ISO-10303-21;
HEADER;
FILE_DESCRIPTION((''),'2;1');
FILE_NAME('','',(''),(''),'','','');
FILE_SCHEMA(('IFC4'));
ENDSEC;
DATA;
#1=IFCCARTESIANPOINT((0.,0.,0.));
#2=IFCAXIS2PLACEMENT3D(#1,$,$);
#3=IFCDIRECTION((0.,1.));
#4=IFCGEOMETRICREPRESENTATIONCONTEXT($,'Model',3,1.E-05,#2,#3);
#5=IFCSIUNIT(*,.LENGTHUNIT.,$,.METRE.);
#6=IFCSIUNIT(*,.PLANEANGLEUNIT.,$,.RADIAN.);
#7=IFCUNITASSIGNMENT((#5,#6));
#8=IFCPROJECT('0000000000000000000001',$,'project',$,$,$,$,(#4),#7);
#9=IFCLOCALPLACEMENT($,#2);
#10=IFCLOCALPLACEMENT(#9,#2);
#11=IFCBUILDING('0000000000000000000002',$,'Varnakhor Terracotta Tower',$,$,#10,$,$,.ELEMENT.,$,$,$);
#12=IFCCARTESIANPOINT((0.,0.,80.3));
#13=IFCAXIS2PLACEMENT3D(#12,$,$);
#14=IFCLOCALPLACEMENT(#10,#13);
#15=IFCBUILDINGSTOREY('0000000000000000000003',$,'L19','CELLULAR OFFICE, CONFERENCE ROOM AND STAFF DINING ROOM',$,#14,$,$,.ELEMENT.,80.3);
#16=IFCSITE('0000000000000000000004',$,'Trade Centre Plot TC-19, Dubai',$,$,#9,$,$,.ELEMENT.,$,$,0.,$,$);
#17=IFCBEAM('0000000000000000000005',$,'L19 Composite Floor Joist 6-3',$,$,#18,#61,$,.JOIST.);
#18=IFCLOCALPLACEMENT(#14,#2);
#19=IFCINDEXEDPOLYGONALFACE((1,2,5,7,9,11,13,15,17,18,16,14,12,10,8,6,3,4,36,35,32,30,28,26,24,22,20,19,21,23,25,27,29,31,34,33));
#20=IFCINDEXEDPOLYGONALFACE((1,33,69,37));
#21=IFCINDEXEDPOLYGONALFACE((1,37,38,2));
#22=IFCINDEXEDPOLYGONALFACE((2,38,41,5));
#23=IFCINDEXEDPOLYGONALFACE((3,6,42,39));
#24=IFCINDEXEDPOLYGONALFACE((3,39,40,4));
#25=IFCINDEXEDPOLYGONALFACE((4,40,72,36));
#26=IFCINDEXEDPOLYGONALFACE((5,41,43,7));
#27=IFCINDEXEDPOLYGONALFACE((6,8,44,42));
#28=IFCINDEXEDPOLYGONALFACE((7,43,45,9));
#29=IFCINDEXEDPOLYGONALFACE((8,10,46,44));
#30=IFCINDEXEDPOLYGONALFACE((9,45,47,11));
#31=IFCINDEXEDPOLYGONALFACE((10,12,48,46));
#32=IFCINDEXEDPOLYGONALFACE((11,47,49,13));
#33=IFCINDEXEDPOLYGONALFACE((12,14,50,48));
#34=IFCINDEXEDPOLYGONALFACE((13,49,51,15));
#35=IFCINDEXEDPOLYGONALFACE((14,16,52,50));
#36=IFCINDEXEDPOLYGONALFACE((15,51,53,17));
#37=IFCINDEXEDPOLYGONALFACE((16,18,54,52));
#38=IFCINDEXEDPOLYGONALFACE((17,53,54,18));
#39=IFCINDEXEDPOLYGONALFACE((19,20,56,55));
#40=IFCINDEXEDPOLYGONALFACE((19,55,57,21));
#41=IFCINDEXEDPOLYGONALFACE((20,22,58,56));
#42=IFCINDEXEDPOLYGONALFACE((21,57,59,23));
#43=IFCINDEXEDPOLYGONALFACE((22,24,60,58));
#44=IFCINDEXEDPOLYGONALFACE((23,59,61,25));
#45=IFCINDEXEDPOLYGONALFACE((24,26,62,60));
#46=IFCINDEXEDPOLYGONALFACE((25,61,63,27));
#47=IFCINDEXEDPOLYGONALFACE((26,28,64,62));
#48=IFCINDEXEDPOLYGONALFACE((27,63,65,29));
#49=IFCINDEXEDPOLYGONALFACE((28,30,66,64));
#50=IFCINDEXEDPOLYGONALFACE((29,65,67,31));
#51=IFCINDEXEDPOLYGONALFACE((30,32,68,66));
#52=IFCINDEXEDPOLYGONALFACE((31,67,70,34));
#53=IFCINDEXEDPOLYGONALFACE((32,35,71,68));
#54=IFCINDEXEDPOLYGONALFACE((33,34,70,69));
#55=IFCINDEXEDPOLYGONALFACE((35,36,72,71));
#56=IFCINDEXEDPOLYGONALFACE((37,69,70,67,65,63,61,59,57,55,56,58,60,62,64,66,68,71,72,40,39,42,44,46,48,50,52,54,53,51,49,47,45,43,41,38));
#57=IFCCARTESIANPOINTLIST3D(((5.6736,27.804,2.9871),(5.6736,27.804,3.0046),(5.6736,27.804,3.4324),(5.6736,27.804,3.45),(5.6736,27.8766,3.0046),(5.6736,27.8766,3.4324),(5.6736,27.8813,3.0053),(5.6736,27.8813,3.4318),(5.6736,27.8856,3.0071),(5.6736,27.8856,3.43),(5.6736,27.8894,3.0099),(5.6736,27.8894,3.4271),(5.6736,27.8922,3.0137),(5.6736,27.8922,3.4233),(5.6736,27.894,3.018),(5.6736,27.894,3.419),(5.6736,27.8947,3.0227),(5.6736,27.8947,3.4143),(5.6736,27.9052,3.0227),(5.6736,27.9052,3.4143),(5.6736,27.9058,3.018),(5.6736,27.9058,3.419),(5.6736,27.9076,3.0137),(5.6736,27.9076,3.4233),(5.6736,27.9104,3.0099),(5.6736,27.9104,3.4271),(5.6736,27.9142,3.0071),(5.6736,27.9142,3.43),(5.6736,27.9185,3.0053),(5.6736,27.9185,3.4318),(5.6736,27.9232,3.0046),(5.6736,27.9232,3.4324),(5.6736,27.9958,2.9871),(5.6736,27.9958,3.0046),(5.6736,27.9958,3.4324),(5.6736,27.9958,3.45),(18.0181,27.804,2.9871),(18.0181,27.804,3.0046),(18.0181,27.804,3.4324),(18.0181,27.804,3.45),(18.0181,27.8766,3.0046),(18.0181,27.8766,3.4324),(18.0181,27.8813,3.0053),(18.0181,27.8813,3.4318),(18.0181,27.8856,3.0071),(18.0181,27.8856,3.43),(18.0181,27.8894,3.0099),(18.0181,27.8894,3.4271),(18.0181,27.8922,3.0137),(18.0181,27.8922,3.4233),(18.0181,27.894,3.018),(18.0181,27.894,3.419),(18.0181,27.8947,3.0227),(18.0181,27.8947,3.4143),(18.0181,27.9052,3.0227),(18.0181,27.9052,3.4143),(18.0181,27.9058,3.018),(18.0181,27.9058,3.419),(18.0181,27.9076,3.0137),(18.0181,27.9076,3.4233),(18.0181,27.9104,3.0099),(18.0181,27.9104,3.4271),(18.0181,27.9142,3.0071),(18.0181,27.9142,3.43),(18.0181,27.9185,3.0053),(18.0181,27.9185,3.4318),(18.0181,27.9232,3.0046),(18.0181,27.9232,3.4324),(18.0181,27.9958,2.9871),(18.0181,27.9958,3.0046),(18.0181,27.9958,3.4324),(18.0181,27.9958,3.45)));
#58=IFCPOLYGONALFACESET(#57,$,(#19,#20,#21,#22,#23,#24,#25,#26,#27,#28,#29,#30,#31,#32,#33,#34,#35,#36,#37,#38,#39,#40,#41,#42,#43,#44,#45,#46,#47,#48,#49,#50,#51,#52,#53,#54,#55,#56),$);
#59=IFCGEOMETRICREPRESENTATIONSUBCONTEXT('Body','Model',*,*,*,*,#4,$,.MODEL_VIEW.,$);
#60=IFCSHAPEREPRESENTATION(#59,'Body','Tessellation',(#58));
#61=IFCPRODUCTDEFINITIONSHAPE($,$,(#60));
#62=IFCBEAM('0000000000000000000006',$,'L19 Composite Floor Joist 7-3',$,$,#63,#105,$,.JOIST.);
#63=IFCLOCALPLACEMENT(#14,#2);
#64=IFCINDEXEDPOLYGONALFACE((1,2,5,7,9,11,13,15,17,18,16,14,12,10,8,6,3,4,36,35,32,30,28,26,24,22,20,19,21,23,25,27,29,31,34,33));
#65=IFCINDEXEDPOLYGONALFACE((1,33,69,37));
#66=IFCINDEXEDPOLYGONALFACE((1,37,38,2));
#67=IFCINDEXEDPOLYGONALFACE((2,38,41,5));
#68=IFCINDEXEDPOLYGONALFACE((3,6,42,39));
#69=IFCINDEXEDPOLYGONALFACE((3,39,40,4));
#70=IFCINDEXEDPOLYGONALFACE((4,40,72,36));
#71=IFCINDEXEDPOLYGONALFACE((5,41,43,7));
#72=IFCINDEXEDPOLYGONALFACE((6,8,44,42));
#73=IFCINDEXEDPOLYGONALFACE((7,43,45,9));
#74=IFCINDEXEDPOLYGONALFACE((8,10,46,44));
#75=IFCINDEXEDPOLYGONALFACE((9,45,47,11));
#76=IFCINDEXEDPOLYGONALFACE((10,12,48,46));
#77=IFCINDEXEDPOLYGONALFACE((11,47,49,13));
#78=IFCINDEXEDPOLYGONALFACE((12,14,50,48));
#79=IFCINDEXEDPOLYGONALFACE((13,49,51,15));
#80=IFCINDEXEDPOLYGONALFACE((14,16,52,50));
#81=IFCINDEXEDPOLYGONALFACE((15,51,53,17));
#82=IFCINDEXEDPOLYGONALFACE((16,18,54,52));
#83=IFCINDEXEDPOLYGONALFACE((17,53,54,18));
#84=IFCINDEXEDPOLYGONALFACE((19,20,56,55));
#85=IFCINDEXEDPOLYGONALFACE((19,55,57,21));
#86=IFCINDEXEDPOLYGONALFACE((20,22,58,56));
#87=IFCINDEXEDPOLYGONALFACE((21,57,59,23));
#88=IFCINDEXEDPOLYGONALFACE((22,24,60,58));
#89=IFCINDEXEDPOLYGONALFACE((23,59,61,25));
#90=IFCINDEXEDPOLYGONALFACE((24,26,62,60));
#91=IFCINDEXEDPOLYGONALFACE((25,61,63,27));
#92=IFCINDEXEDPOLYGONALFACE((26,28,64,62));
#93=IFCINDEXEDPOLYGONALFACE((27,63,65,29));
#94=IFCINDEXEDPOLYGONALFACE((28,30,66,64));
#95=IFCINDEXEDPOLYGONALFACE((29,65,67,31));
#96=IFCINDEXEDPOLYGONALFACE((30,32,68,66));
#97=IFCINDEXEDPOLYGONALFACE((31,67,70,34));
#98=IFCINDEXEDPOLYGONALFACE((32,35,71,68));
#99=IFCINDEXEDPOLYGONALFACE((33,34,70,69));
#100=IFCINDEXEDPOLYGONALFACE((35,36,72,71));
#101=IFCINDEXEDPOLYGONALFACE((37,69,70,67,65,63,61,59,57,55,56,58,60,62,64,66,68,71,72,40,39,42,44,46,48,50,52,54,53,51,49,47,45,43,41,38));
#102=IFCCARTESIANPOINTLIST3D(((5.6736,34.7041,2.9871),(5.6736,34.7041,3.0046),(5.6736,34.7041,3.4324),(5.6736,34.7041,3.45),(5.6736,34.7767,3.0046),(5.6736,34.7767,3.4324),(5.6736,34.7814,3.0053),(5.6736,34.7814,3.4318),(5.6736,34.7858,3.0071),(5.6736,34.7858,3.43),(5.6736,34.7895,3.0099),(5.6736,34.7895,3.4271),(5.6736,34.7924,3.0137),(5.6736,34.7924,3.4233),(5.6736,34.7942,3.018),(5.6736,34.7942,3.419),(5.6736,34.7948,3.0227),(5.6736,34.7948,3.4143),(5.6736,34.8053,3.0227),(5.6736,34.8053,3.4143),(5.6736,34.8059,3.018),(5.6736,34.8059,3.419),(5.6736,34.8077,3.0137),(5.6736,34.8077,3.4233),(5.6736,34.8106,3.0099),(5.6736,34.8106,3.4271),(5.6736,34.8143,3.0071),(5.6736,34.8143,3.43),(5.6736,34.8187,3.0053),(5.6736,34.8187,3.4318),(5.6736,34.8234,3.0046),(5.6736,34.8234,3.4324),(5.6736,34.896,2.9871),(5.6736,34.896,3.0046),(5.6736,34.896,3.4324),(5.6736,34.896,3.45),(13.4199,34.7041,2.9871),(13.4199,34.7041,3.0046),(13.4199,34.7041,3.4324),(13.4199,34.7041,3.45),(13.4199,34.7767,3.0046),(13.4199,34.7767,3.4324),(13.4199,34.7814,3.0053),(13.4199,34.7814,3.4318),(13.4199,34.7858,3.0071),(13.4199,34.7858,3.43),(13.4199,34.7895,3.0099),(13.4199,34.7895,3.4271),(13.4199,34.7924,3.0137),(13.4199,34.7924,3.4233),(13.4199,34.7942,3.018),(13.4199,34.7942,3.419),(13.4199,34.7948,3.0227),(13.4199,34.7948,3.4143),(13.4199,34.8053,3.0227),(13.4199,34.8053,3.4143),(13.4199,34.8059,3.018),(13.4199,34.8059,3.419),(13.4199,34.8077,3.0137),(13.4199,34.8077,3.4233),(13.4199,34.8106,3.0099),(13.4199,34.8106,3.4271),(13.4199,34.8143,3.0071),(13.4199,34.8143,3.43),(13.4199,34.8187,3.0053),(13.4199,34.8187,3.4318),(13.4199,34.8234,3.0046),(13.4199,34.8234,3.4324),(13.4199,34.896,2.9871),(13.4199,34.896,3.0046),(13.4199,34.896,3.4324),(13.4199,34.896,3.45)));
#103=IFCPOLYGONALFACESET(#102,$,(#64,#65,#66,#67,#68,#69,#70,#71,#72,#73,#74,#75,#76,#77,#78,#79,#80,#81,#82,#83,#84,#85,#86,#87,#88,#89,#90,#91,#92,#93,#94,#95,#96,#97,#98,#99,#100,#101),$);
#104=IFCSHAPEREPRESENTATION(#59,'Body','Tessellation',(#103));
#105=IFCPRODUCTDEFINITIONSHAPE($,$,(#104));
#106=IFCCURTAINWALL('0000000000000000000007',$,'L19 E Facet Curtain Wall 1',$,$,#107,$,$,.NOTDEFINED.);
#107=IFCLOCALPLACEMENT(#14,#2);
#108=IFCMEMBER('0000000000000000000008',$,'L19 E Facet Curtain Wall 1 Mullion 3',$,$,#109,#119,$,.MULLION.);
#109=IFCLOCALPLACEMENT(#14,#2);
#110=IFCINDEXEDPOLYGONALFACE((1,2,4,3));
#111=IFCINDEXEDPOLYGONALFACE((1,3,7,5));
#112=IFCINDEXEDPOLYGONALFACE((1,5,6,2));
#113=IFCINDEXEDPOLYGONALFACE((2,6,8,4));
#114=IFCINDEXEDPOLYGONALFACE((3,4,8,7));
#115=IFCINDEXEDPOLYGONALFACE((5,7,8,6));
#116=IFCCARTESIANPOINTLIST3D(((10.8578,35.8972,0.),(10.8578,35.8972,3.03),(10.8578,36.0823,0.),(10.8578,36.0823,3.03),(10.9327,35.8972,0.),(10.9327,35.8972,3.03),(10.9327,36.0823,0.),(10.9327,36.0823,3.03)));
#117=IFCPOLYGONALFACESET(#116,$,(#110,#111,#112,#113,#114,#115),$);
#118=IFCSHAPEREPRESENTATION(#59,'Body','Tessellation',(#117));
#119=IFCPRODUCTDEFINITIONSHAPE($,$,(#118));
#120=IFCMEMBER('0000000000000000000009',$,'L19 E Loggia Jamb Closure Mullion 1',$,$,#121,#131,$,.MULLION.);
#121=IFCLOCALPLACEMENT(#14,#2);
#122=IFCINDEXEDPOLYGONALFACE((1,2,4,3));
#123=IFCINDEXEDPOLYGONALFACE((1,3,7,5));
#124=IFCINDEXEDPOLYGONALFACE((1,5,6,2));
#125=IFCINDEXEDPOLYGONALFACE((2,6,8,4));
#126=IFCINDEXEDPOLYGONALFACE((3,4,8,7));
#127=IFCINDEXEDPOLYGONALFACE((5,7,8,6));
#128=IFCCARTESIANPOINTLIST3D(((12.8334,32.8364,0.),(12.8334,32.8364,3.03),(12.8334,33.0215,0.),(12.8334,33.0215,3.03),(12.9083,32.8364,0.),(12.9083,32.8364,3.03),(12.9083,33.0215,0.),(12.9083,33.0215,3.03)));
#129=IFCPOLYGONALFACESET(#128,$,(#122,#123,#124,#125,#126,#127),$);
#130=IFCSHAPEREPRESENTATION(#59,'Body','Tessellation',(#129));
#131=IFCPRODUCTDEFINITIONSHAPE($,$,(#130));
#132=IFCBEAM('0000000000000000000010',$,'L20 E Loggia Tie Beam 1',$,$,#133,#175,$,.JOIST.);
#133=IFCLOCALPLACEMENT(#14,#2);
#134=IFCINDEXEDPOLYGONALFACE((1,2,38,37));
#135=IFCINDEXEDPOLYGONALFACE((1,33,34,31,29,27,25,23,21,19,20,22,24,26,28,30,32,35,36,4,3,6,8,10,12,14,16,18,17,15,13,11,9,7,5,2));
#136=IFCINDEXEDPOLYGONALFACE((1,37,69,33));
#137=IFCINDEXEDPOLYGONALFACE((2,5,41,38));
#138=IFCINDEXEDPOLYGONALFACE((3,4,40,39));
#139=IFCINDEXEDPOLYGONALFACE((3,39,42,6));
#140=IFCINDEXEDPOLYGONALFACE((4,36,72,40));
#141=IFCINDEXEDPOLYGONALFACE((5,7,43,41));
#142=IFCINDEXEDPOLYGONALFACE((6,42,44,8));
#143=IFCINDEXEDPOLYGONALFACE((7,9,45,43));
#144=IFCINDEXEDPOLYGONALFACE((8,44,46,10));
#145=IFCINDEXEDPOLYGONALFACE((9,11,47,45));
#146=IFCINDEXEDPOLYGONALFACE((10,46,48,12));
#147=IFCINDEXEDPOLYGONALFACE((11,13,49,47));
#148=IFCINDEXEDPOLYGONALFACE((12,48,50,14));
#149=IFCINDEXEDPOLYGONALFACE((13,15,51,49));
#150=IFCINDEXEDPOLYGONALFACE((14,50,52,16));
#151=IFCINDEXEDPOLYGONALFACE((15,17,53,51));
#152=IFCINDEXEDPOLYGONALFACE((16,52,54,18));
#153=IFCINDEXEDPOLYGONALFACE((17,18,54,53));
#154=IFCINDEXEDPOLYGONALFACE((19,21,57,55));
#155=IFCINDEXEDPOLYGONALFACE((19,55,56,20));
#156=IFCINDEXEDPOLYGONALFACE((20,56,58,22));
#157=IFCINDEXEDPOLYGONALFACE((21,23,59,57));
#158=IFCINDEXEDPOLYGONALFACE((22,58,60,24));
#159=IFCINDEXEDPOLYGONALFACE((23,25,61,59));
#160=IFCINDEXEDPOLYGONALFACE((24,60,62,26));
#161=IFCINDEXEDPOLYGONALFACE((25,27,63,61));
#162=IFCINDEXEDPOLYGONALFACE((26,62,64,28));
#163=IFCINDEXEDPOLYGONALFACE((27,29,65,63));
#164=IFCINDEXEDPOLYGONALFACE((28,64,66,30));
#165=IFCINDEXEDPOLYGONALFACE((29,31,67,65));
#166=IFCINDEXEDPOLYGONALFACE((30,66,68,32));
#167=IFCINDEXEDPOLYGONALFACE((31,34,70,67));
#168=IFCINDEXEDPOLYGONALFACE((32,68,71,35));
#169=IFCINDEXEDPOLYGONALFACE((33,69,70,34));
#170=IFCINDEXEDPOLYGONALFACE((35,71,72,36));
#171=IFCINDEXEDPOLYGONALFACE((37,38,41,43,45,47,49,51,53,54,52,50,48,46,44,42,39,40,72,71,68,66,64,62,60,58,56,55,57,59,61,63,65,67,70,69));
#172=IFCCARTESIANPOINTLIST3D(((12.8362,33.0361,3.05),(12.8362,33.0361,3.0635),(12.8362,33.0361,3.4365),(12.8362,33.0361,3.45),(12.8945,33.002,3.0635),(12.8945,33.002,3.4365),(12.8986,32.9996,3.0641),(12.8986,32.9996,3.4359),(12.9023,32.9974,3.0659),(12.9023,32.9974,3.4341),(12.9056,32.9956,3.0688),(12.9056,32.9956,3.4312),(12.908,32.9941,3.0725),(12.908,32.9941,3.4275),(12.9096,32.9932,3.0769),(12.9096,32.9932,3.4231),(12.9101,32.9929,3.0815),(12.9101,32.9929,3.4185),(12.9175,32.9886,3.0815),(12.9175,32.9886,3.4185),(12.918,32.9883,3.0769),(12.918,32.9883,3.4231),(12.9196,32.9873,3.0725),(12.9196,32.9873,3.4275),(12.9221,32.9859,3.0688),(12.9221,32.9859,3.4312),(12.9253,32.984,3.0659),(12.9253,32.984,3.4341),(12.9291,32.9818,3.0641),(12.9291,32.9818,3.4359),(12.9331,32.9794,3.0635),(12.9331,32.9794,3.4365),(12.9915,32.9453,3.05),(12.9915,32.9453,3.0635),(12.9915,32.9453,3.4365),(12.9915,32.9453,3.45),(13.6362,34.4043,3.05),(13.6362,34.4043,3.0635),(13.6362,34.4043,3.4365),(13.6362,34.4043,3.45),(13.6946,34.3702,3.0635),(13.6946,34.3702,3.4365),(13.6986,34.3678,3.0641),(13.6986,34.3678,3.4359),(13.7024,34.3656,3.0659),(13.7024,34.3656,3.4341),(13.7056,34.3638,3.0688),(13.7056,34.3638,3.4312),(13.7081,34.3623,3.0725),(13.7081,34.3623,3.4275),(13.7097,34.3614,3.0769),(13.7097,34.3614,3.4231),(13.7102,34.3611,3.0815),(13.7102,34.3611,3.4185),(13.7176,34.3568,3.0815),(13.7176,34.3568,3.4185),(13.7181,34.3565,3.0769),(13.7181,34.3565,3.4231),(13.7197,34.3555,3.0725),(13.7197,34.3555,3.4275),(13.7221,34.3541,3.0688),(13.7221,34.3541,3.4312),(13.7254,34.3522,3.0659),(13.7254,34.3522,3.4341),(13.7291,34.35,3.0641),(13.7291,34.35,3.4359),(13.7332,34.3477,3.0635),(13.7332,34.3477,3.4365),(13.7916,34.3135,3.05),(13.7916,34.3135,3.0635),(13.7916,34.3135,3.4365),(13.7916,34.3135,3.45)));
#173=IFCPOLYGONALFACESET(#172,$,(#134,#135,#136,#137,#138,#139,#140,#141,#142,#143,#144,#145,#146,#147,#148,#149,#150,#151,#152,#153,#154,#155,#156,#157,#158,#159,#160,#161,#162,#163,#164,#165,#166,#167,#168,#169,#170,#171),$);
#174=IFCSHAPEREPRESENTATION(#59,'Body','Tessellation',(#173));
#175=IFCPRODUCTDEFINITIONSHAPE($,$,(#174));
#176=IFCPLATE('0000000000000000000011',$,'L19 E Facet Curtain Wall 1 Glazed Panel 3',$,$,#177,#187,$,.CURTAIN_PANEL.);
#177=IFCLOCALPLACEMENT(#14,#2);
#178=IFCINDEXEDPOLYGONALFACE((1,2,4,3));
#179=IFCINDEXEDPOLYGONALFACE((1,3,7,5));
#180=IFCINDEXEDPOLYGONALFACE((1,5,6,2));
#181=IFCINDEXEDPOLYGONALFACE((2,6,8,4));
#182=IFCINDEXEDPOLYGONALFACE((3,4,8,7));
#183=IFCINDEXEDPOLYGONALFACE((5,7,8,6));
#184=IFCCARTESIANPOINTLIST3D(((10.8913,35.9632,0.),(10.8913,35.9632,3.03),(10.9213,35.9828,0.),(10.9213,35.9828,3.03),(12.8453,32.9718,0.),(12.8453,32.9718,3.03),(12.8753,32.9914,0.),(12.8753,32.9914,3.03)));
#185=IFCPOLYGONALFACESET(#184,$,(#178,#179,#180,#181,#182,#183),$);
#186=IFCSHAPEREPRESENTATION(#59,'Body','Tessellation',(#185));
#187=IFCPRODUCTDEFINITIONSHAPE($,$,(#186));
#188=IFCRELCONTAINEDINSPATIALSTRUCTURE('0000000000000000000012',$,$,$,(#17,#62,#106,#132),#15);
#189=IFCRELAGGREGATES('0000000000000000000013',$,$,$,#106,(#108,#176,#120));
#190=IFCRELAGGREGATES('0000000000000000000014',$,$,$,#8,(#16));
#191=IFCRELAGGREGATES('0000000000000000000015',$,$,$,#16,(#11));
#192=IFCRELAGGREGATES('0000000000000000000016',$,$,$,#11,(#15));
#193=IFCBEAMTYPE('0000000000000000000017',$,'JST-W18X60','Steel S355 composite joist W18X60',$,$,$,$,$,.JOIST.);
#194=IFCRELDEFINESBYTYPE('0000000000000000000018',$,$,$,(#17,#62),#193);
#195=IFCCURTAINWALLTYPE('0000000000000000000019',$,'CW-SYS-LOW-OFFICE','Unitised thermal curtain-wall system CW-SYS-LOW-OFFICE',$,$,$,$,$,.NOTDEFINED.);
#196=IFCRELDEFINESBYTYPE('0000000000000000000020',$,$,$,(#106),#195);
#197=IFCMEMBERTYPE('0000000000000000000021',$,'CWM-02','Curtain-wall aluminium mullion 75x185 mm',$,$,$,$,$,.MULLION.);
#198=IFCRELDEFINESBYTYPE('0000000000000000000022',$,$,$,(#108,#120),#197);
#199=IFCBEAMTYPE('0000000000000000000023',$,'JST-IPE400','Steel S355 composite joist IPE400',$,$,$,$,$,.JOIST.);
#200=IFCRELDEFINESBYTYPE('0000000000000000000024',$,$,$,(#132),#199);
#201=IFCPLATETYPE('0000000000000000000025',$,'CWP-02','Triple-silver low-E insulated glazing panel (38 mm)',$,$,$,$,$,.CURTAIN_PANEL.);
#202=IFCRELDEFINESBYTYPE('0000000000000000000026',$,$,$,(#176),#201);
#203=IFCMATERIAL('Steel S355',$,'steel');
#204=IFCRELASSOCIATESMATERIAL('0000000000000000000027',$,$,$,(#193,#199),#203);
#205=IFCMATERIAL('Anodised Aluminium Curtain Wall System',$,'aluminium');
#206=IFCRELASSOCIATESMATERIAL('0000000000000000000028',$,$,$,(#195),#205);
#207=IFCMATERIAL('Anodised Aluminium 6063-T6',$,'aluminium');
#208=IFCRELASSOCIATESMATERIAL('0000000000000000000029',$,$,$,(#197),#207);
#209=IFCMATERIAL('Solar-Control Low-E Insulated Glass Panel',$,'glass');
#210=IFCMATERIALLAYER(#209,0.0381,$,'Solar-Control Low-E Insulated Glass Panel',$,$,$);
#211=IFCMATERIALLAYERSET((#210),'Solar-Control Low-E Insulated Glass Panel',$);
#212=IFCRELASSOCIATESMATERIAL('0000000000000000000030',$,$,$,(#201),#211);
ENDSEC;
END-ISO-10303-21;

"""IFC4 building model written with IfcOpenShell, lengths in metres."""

from ifc_helpers import new_model, si_unit, direction, frame, origin, origin_2d, place, context, subcontext, project, spatial, rectangle, i_section, extrude, source, transform, mapped, material, layer, layer_set, material_profile, profile_set, type_object, type_shapes, element, aggregate, save


model = new_model("IFC4")

# Units and contexts
model_context = context("Model", 3, precision=1e-05, world=origin(), true_north=direction((0.0, 1.0)))
body_context = subcontext(model_context, "Body", "Model", "MODEL_VIEW")
ifc_project = project(units=[si_unit("LENGTHUNIT", "METRE"), si_unit("PLANEANGLEUNIT", "RADIAN")], contexts=[model_context])

# Site, building, storey
site_placement = place(None, origin())
site = spatial("IfcSite", under=ifc_project, at=site_placement, Name="Trade Centre Plot TC-19, Dubai", CompositionType="ELEMENT", RefElevation=0.0)
building_placement = place(site_placement, origin())
building = spatial("IfcBuilding", under=site, at=building_placement, Name="Varnakhor Terracotta Tower", CompositionType="ELEMENT")
storey_placement = place(building_placement, frame((0.0, 0.0, 80.3)))
storey = spatial("IfcBuildingStorey", under=building, at=storey_placement, Name="L19", Description="CELLULAR OFFICE, CONFERENCE ROOM AND STAFF DINING ROOM", CompositionType="ELEMENT", Elevation=80.3)

# Beams
ifc_material_1 = material(Name="Steel S355", Category="steel")
ifc_material_profile_1 = material_profile(ifc_material_1, i_section(OverallWidth=0.1919, OverallDepth=0.4629, WebThickness=0.0105, FlangeThickness=0.0176, FilletRadius=0.0181, at=origin_2d()), Name="W18X60")
ifc_profile_set_1 = profile_set([ifc_material_profile_1], Name="Steel S355")
beam_type_1 = type_object("IfcBeamType", Name="JST-W18X60", Description="Steel S355 composite joist W18X60", PredefinedType="JOIST", material=ifc_profile_set_1)
shared_shape_1 = source(origin(), body_context, "Body", "SweptSolid", [
    extrude(i_section(OverallWidth=0.1919, OverallDepth=0.4629, WebThickness=0.0105, FlangeThickness=0.0176, FilletRadius=0.0181, at=origin_2d()), origin(), (0.0, 0.0, 1.0), 12.3445),
])
beam_1_placement = place(storey_placement, frame((5.6736, 27.8999, 3.2185), z_axis=(1.0, 0.0, 0.0), x_axis=(0.0, 1.0, 0.0)))
element("IfcBeam", 1, at=beam_1_placement, inside=storey, type_object=beam_type_1, Name="L19 Composite Floor Joist 6-3", PredefinedType="JOIST", context=body_context, shape_type="MappedRepresentation", body=[
    mapped(shared_shape_1, transform((0.0, 0.0, 0.0), scale=1.0)),
])
shared_shape_2 = source(origin(), body_context, "Body", "SweptSolid", [
    extrude(i_section(OverallWidth=0.1919, OverallDepth=0.4629, WebThickness=0.0105, FlangeThickness=0.0176, FilletRadius=0.0181, at=origin_2d()), origin(), (0.0, 0.0, 1.0), 7.7463),
])
beam_2_placement = place(storey_placement, frame((5.6736, 34.8, 3.2185), z_axis=(1.0, 0.0, 0.0), x_axis=(0.0, 1.0, 0.0)))
element("IfcBeam", 2, at=beam_2_placement, inside=storey, type_object=beam_type_1, Name="L19 Composite Floor Joist 7-3", PredefinedType="JOIST", context=body_context, shape_type="MappedRepresentation", body=[
    mapped(shared_shape_2, transform((0.0, 0.0, 0.0), scale=1.0)),
])

# Curtain wall, members
ifc_material_2 = material(Name="Anodised Aluminium Curtain Wall System", Category="aluminium")
curtain_wall_type = type_object("IfcCurtainWallType", Name="CW-SYS-LOW-OFFICE", Description="Unitised thermal curtain-wall system CW-SYS-LOW-OFFICE", PredefinedType="NOTDEFINED", material=ifc_material_2)
curtain_wall_placement = place(storey_placement, origin())
curtain_wall = element("IfcCurtainWall", 3, at=curtain_wall_placement, inside=storey, type_object=curtain_wall_type, Name="L19 E Facet Curtain Wall 1", PredefinedType="NOTDEFINED")
ifc_material_3 = material(Name="Anodised Aluminium 6063-T6", Category="aluminium")
ifc_material_profile_2 = material_profile(ifc_material_3, rectangle(XDim=0.075, YDim=0.1851, at=origin_2d()), Name="ALU MULLION 75x185")
ifc_profile_set_2 = profile_set([ifc_material_profile_2], Name="Anodised Aluminium 6063-T6")
member_type = type_object("IfcMemberType", Name="CWM-02", Description="Curtain-wall aluminium mullion 75x185 mm", PredefinedType="MULLION", material=ifc_profile_set_2)
shared_shape_3 = source(origin(), body_context, "Body", "SweptSolid", [
    extrude(rectangle(XDim=0.075, YDim=0.1851, at=origin_2d()), origin(), (0.0, 0.0, 1.0), 3.03),
])
type_shapes(member_type, [shared_shape_3])
member_1_placement = place(storey_placement, frame((10.8953, 35.9897, 0.0), z_axis=(0.0, 0.0, 1.0), x_axis=(1.0, 0.0, 0.0)))
member_1 = element("IfcMember", 4, at=member_1_placement, type_object=member_type, Name="L19 E Facet Curtain Wall 1 Mullion 3", PredefinedType="MULLION", context=body_context, shape_type="MappedRepresentation", body=[
    mapped(shared_shape_3, transform((0.0, 0.0, 0.0), scale=1.0)),
])
member_2_placement = place(storey_placement, frame((12.8708, 32.929, 0.0), z_axis=(0.0, 0.0, 1.0), x_axis=(1.0, 0.0, 0.0)))
member_2 = element("IfcMember", 5, at=member_2_placement, type_object=member_type, Name="L19 E Loggia Jamb Closure Mullion 1", PredefinedType="MULLION", context=body_context, shape_type="MappedRepresentation", body=[
    mapped(shared_shape_3, transform((0.0, 0.0, 0.0), scale=1.0)),
])

# Beam
ifc_material_profile_3 = material_profile(ifc_material_1, i_section(OverallWidth=0.1799, OverallDepth=0.3999, WebThickness=0.0085, FlangeThickness=0.0134, FilletRadius=0.0181, at=origin_2d()), Name="IPE400")
ifc_profile_set_3 = profile_set([ifc_material_profile_3], Name="Steel S355")
beam_type_2 = type_object("IfcBeamType", Name="JST-IPE400", Description="Steel S355 composite joist IPE400", PredefinedType="JOIST", material=ifc_profile_set_3)
shared_shape_4 = source(origin(), body_context, "Body", "SweptSolid", [
    extrude(i_section(OverallWidth=0.1799, OverallDepth=0.3999, WebThickness=0.0085, FlangeThickness=0.0134, FilletRadius=0.0181, at=origin_2d()), origin(), (0.0, 0.0, 1.0), 1.585),
])
beam_3_placement = place(storey_placement, frame((12.9138, 32.9907, 3.25), z_axis=(0.50479, 0.863242, 0.0), x_axis=(-0.863242, 0.50479, 0.0)))
element("IfcBeam", 6, at=beam_3_placement, inside=storey, type_object=beam_type_2, Name="L20 E Loggia Tie Beam 1", PredefinedType="JOIST", context=body_context, shape_type="MappedRepresentation", body=[
    mapped(shared_shape_4, transform((0.0, 0.0, 0.0), scale=1.0)),
])

# Plate
ifc_material_4 = material(Name="Solar-Control Low-E Insulated Glass Panel", Category="glass")
ifc_layer_1 = layer(ifc_material_4, 0.0381, Name="Solar-Control Low-E Insulated Glass Panel")
ifc_layer_set_1 = layer_set([ifc_layer_1], Name="Solar-Control Low-E Insulated Glass Panel")
plate_type = type_object("IfcPlateType", Name="CWP-02", Description="Triple-silver low-E insulated glazing panel (38 mm)", PredefinedType="CURTAIN_PANEL", material=ifc_layer_set_1)
shared_shape_5 = source(origin(), body_context, "Body", "SweptSolid", [
    extrude(rectangle(XDim=3.573, YDim=0.0359, at=origin_2d()), origin(), (0.0, 0.0, 1.0), 3.03),
])
plate_placement = place(storey_placement, frame((11.8833, 34.4773, 0.0), z_axis=(0.0, 0.0, 1.0), x_axis=(0.546877, -0.837213, 0.0)))
plate = element("IfcPlate", 7, at=plate_placement, type_object=plate_type, Name="L19 E Facet Curtain Wall 1 Glazed Panel 3", PredefinedType="CURTAIN_PANEL", context=body_context, shape_type="MappedRepresentation", body=[
    mapped(shared_shape_5, transform((0.0, 0.0, 0.0), scale=1.0)),
])
aggregate(curtain_wall, [member_1, plate, member_2])

save(model, "model.ifc")
